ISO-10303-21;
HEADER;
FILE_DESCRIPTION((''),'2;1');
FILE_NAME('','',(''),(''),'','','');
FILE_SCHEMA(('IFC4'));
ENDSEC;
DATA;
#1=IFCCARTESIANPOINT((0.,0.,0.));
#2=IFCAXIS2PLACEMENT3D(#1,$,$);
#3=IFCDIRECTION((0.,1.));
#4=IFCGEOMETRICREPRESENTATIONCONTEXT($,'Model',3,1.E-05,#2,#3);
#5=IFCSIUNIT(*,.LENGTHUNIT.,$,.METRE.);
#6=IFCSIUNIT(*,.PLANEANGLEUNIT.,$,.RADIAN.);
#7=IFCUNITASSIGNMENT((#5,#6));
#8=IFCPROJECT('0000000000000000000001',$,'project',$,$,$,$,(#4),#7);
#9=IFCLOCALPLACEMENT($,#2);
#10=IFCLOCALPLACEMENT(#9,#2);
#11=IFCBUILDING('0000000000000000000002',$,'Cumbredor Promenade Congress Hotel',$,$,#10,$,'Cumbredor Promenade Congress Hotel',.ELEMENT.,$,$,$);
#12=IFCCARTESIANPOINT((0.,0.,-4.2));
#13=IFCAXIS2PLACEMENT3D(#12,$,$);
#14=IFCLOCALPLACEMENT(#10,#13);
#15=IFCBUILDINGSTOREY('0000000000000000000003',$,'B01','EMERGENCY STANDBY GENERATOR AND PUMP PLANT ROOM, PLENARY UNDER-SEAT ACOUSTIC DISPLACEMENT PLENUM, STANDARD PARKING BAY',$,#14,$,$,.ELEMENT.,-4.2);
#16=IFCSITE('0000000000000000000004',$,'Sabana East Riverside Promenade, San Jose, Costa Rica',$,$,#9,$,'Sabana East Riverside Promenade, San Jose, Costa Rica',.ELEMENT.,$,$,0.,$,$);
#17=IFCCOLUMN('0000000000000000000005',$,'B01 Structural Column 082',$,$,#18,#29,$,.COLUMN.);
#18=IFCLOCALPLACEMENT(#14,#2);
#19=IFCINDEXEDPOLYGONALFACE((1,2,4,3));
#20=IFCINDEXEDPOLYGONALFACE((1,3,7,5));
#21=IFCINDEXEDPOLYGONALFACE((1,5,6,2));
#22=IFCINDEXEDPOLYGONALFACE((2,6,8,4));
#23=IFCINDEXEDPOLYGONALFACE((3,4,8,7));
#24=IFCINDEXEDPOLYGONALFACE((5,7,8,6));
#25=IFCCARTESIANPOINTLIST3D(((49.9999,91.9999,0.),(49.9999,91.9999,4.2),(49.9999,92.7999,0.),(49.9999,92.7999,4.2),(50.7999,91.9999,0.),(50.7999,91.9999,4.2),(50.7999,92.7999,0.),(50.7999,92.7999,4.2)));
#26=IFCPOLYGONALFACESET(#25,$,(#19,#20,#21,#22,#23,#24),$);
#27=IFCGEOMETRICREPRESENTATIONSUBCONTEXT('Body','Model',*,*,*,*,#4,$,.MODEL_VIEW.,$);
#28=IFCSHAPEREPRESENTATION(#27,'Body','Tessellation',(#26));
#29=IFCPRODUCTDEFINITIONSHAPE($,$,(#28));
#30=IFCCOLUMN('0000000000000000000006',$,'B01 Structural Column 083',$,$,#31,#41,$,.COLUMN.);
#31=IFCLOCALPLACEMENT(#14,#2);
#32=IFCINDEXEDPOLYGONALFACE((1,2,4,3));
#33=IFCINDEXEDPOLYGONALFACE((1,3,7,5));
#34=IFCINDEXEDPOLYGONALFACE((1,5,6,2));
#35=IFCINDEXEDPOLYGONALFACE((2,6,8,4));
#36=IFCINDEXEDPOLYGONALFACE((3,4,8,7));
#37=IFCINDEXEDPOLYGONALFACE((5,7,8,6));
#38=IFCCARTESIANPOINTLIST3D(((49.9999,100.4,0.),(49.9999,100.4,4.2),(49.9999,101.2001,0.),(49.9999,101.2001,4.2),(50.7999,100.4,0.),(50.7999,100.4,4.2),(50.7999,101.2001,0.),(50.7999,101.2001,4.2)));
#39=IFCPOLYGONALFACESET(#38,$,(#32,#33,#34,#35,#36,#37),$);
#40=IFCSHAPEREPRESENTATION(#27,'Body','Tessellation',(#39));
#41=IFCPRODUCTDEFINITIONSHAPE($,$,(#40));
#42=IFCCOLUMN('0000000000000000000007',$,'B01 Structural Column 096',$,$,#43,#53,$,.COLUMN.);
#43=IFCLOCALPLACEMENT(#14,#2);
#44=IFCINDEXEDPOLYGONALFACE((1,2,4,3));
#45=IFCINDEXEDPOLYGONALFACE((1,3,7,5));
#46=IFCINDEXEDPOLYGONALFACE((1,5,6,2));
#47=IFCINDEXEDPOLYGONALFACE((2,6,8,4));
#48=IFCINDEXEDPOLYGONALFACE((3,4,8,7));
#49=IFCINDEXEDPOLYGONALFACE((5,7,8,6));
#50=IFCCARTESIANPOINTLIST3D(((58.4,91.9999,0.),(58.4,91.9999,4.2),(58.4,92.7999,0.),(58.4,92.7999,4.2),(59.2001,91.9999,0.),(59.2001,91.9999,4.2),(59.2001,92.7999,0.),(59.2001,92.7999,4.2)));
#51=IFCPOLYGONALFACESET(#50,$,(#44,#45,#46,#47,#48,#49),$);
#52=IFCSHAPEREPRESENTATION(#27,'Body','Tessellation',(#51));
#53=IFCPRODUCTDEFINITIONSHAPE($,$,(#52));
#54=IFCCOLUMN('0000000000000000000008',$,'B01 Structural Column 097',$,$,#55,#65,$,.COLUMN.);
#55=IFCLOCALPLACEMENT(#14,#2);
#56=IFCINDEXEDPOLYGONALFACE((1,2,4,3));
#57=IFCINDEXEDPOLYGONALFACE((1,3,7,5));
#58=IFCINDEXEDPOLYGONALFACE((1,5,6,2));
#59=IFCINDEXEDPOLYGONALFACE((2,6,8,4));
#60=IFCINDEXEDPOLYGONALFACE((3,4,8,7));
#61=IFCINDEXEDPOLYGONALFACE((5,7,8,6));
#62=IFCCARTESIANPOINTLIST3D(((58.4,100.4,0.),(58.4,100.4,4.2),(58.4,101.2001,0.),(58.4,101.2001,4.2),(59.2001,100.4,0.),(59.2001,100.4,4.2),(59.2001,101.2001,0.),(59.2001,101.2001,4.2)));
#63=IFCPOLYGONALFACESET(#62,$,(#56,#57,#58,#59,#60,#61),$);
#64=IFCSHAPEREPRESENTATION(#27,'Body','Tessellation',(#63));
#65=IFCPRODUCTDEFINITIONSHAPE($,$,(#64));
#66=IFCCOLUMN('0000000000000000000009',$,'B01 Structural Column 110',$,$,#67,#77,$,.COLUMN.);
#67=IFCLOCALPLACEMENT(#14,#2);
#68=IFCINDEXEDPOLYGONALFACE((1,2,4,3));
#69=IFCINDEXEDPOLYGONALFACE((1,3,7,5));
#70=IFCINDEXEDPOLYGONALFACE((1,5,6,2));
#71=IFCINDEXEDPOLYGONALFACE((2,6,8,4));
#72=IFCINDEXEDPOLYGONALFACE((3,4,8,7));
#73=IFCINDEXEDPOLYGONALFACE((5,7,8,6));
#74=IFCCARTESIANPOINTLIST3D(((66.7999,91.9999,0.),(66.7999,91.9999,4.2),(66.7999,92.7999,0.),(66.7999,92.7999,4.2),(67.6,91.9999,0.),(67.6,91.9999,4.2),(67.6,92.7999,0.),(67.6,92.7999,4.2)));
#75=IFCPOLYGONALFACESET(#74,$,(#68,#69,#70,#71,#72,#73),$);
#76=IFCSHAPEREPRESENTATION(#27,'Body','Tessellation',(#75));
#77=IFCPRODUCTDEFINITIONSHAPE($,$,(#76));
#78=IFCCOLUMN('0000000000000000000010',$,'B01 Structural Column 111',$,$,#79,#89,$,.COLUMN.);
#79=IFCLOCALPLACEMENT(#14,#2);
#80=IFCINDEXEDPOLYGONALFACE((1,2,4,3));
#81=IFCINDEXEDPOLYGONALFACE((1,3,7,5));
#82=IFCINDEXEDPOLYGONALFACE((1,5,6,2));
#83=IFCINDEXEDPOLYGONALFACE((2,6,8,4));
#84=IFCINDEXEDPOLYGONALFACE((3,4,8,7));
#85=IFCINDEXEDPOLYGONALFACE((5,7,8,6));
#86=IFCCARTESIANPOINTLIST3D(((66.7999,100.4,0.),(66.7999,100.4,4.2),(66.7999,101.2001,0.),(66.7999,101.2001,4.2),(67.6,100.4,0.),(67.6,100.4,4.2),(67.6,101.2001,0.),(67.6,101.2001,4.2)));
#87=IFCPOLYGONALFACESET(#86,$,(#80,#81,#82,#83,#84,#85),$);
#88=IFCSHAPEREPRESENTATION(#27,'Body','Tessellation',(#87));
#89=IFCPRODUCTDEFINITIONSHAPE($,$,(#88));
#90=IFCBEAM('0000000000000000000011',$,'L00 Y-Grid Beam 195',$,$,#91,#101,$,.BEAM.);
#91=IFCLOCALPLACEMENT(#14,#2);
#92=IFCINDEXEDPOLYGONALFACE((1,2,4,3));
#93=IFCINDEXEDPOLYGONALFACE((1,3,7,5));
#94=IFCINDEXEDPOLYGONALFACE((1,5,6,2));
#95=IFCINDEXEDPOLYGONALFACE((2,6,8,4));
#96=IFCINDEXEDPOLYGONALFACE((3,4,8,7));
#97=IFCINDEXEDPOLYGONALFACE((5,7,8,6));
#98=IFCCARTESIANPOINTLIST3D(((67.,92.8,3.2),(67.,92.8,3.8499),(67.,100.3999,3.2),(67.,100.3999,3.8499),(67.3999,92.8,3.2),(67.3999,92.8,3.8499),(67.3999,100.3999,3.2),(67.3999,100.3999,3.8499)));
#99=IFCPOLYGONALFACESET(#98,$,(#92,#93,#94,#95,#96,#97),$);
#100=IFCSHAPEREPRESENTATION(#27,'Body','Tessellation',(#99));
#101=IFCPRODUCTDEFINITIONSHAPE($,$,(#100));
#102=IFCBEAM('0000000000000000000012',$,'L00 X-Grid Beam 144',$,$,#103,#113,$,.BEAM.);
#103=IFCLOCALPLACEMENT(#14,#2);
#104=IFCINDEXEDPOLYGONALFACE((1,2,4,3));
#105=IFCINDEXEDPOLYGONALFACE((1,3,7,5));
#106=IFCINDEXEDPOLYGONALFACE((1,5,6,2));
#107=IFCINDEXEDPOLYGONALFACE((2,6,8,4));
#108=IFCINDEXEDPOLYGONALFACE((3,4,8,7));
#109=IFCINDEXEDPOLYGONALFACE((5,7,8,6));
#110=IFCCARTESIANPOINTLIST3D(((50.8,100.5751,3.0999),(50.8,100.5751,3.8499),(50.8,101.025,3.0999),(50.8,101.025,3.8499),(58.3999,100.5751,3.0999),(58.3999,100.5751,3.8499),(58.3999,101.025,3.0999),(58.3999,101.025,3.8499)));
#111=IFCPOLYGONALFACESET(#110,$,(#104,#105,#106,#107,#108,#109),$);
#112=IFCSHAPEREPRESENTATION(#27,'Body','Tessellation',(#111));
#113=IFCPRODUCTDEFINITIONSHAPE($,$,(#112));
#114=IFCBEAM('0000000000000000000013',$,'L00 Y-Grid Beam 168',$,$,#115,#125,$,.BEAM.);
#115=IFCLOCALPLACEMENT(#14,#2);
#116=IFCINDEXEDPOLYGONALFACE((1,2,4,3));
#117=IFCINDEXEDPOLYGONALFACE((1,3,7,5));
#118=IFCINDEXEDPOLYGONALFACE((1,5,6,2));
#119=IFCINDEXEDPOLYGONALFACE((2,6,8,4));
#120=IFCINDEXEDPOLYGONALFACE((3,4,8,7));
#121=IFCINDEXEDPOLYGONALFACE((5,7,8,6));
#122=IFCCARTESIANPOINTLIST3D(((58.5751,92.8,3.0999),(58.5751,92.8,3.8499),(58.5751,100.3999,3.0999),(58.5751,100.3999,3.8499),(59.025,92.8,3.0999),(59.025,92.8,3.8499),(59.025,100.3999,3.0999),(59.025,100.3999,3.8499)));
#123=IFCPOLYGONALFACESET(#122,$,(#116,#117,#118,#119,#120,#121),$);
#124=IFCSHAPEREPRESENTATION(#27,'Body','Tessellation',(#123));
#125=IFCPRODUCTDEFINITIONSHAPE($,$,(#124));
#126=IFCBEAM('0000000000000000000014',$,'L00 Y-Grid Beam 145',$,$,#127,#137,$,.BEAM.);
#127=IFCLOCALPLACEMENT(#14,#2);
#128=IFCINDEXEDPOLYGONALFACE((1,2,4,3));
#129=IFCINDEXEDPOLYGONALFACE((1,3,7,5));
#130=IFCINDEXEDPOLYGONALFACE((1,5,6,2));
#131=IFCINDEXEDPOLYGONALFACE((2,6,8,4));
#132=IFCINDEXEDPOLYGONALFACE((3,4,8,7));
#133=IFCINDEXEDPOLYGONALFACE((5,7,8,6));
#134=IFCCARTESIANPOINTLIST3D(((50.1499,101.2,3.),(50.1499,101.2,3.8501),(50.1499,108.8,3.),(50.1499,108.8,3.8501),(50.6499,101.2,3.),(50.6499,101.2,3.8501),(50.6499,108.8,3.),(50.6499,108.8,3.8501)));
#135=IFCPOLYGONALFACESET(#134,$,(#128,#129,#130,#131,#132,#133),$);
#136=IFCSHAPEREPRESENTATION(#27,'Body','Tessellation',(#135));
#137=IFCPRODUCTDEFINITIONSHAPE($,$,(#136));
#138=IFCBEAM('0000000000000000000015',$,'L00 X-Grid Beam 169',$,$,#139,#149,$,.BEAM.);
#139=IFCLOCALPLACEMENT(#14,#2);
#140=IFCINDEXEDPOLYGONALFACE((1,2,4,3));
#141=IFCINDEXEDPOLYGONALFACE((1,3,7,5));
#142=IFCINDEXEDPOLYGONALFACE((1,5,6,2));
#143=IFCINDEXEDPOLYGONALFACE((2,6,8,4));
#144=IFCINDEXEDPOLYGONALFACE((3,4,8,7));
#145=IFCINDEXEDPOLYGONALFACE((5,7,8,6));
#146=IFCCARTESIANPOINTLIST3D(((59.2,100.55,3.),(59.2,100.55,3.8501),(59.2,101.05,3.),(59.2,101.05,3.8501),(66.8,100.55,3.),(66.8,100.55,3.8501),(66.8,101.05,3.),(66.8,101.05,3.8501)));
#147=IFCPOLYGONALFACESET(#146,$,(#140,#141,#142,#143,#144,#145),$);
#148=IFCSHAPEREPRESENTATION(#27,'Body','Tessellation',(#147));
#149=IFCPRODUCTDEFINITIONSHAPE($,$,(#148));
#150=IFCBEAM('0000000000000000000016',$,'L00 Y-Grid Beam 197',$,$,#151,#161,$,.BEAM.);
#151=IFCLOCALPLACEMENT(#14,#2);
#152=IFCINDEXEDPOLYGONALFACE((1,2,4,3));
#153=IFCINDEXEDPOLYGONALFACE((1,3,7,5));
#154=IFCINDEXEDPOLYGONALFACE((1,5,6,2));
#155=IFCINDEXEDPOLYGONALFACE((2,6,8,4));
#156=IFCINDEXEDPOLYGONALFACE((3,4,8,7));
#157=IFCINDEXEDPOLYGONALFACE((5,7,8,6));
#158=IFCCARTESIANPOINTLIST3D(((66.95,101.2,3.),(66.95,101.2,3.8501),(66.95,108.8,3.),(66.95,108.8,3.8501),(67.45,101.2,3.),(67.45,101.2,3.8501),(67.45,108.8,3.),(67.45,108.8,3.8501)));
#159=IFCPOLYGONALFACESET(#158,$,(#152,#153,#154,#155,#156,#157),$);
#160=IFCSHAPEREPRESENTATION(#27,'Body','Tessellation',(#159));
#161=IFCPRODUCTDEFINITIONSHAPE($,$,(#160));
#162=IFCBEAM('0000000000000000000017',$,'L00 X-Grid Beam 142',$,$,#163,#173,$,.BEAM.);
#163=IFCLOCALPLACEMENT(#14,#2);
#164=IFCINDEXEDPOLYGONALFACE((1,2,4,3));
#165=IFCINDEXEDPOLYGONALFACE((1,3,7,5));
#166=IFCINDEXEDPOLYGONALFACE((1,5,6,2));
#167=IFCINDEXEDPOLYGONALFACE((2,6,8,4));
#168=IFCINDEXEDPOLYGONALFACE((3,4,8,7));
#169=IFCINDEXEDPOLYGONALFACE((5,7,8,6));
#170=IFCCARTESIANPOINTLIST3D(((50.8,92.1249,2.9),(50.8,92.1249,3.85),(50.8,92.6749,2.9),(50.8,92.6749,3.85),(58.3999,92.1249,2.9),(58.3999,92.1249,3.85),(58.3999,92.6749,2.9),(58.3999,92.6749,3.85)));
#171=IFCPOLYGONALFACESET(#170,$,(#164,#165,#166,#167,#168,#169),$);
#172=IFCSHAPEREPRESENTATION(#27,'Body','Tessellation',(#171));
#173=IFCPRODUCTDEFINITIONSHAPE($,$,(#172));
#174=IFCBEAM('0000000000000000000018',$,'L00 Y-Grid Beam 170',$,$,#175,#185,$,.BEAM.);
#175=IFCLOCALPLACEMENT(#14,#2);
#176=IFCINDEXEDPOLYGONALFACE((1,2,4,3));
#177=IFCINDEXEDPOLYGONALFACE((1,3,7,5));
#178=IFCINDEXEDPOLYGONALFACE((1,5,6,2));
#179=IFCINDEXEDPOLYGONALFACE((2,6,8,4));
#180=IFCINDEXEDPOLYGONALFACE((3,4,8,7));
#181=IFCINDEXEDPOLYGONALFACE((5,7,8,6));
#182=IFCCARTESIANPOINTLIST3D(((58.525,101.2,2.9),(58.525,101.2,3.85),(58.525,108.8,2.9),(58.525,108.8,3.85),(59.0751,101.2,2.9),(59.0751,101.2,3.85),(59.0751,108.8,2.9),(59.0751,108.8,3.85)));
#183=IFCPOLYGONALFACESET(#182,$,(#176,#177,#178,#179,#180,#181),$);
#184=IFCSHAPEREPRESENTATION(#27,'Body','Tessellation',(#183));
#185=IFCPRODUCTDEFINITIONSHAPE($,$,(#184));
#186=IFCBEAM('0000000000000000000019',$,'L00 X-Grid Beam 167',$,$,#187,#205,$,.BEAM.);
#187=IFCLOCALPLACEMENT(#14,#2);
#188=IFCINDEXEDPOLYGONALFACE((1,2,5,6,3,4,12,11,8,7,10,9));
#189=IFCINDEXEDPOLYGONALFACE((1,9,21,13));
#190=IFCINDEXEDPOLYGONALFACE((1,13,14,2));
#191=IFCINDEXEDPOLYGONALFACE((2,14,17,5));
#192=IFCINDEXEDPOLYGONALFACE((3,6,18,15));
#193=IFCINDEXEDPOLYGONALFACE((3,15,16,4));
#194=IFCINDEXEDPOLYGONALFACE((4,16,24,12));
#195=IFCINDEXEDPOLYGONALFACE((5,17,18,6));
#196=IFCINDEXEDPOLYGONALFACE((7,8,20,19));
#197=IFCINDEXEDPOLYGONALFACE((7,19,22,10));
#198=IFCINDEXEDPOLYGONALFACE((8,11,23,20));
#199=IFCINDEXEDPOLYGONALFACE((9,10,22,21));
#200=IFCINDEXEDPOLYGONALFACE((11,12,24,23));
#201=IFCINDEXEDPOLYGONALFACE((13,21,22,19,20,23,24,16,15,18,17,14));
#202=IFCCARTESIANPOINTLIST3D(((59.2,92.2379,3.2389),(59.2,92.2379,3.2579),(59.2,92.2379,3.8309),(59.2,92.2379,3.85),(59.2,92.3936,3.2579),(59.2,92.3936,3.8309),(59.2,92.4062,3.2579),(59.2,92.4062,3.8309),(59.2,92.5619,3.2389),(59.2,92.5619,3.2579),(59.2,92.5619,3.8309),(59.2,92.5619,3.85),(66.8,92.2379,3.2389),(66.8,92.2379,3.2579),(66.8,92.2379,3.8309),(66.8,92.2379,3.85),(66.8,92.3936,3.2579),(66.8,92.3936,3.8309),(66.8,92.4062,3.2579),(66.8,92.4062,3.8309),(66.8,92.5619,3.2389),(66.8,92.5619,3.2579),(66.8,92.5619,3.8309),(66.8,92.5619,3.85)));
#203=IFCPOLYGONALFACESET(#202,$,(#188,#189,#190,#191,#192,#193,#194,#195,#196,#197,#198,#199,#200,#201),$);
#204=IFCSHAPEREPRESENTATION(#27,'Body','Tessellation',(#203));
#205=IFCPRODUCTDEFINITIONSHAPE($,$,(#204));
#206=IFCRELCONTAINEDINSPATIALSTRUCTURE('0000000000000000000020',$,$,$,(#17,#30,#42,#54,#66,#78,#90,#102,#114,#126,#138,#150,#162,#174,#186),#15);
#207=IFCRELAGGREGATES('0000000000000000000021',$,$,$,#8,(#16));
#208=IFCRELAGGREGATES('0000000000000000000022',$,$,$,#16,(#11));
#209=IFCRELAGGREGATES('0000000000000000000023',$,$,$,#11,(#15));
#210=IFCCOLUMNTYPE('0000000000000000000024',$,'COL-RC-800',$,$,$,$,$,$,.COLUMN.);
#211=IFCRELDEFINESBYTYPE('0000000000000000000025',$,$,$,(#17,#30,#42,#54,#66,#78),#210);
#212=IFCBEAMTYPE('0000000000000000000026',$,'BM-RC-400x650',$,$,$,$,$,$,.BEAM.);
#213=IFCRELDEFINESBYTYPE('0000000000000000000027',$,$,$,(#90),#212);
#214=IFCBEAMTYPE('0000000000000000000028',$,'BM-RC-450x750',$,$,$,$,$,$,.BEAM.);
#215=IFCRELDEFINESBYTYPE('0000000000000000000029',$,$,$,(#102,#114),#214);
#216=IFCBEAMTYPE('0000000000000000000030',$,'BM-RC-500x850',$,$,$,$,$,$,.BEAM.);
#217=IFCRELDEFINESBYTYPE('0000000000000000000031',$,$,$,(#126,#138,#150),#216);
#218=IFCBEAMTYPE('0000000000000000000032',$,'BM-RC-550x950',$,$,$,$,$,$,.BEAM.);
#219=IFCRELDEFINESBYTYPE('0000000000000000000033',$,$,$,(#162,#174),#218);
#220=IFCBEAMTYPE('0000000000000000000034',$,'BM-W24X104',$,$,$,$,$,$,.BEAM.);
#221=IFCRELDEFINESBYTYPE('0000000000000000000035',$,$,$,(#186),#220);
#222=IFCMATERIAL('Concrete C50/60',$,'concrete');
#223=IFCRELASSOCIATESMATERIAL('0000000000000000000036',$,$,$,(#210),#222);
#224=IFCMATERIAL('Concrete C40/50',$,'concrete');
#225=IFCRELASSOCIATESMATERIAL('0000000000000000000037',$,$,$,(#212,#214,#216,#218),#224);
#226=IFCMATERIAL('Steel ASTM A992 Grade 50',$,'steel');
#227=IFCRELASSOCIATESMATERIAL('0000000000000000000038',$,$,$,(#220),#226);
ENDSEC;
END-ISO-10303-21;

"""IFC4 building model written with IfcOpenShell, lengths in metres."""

from ifc_helpers import new_model, si_unit, direction, frame, origin, origin_2d, place, context, subcontext, project, spatial, rectangle, i_section, extrude, material, material_profile, profile_set, type_object, element, save


model = new_model("IFC4")

# Units and contexts
model_context = context("Model", 3, precision=1e-05, world=origin(), true_north=direction((0.0, 1.0)))
body_context = subcontext(model_context, "Body", "Model", "MODEL_VIEW")
ifc_project = project(units=[si_unit("LENGTHUNIT", "METRE"), si_unit("PLANEANGLEUNIT", "RADIAN")], contexts=[model_context])

# Site, building, storey
site_placement = place(None, origin())
site = spatial("IfcSite", under=ifc_project, at=site_placement, Name="Sabana East Riverside Promenade, San Jose, Costa Rica", LongName="Sabana East Riverside Promenade, San Jose, Costa Rica", CompositionType="ELEMENT", RefElevation=0.0)
building_placement = place(site_placement, origin())
building = spatial("IfcBuilding", under=site, at=building_placement, Name="Cumbredor Promenade Congress Hotel", LongName="Cumbredor Promenade Congress Hotel", CompositionType="ELEMENT")
storey_placement = place(building_placement, frame((0.0, 0.0, -4.2)))
storey = spatial("IfcBuildingStorey", under=building, at=storey_placement, Name="B01", Description="EMERGENCY STANDBY GENERATOR AND PUMP PLANT ROOM, PLENARY UNDER-SEAT ACOUSTIC DISPLACEMENT PLENUM, STANDARD PARKING BAY", CompositionType="ELEMENT", Elevation=-4.2)

# Columns
ifc_material_1 = material(Name="Concrete C50/60", Category="concrete")
ifc_material_profile_1 = material_profile(ifc_material_1, rectangle(XDim=0.8, YDim=0.8, at=origin_2d()), Name="RC 800x800")
ifc_profile_set_1 = profile_set([ifc_material_profile_1], Name="Concrete C50/60")
column_type = type_object("IfcColumnType", Name="COL-RC-800", PredefinedType="COLUMN", material=ifc_profile_set_1)
for number, where, z_axis, x_axis, name in (
    (1, (50.3999, 92.3999, 0.0), (0.0, 0.0, 1.0), (1.0, 0.0, 0.0), "B01 Structural Column 082"),
    (2, (50.3999, 100.8, 0.0), (0.0, 0.0, 1.0), (1.0, 0.0, 0.0), "B01 Structural Column 083"),
    (3, (58.8, 92.3999, 0.0), (0.0, 0.0, 1.0), (1.0, 0.0, 0.0), "B01 Structural Column 096"),
    (4, (58.8, 100.8, 0.0), (0.0, 0.0, 1.0), (1.0, 0.0, 0.0), "B01 Structural Column 097"),
    (5, (67.2, 92.3999, 0.0), (0.0, 0.0, 1.0), (1.0, 0.0, 0.0), "B01 Structural Column 110"),
    (6, (67.2, 100.8, 0.0), (0.0, 0.0, 1.0), (1.0, 0.0, 0.0), "B01 Structural Column 111"),
):
    element("IfcColumn", number, at=place(storey_placement, frame(where, z_axis=z_axis, x_axis=x_axis)), inside=storey, type_object=column_type, Name=name, PredefinedType="COLUMN", context=body_context, shape_type="SweptSolid", body=[
        extrude(rectangle(XDim=0.8, YDim=0.8, at=origin_2d()), origin(), (0.0, 0.0, 1.0), 4.2),
    ])

# Beams
ifc_material_2 = material(Name="Concrete C40/50", Category="concrete")
ifc_material_profile_2 = material_profile(ifc_material_2, rectangle(XDim=0.3999, YDim=0.6499, at=origin_2d()), Name="RC BEAM 400x650")
ifc_profile_set_2 = profile_set([ifc_material_profile_2], Name="Concrete C40/50")
beam_type_1 = type_object("IfcBeamType", Name="BM-RC-400x650", PredefinedType="BEAM", material=ifc_profile_set_2)
beam_1_placement = place(storey_placement, frame((67.2, 92.8, 3.5249), z_axis=(0.0, 1.0, 0.0), x_axis=(-1.0, 0.0, 0.0)))
element("IfcBeam", 7, at=beam_1_placement, inside=storey, type_object=beam_type_1, Name="L00 Y-Grid Beam 195", PredefinedType="BEAM", context=body_context, shape_type="SweptSolid", body=[
    extrude(rectangle(XDim=0.3999, YDim=0.6499, at=origin_2d()), origin(), (0.0, 0.0, 1.0), 7.5999),
])
ifc_material_profile_3 = material_profile(ifc_material_2, rectangle(XDim=0.45, YDim=0.75, at=origin_2d()), Name="RC BEAM 450x750")
ifc_profile_set_3 = profile_set([ifc_material_profile_3], Name="Concrete C40/50")
beam_type_2 = type_object("IfcBeamType", Name="BM-RC-450x750", PredefinedType="BEAM", material=ifc_profile_set_3)
for number, where, z_axis, x_axis, name in (
    (8, (50.8, 100.8, 3.4749), (1.0, 0.0, 0.0), (0.0, 1.0, 0.0), "L00 X-Grid Beam 144"),
    (9, (58.8, 92.8, 3.4749), (0.0, 1.0, 0.0), (-1.0, 0.0, 0.0), "L00 Y-Grid Beam 168"),
):
    element("IfcBeam", number, at=place(storey_placement, frame(where, z_axis=z_axis, x_axis=x_axis)), inside=storey, type_object=beam_type_2, Name=name, PredefinedType="BEAM", context=body_context, shape_type="SweptSolid", body=[
        extrude(rectangle(XDim=0.45, YDim=0.75, at=origin_2d()), origin(), (0.0, 0.0, 1.0), 7.5999),
    ])
ifc_material_profile_4 = material_profile(ifc_material_2, rectangle(XDim=0.5, YDim=0.8501, at=origin_2d()), Name="RC BEAM 500x850")
ifc_profile_set_4 = profile_set([ifc_material_profile_4], Name="Concrete C40/50")
beam_type_3 = type_object("IfcBeamType", Name="BM-RC-500x850", PredefinedType="BEAM", material=ifc_profile_set_4)
for number, where, z_axis, x_axis, name in (
    (10, (50.3999, 101.2, 3.425), (0.0, 1.0, 0.0), (-1.0, 0.0, 0.0), "L00 Y-Grid Beam 145"),
    (11, (59.2, 100.8, 3.425), (1.0, 0.0, 0.0), (0.0, 1.0, 0.0), "L00 X-Grid Beam 169"),
    (12, (67.2, 101.2, 3.425), (0.0, 1.0, 0.0), (-1.0, 0.0, 0.0), "L00 Y-Grid Beam 197"),
):
    element("IfcBeam", number, at=place(storey_placement, frame(where, z_axis=z_axis, x_axis=x_axis)), inside=storey, type_object=beam_type_3, Name=name, PredefinedType="BEAM", context=body_context, shape_type="SweptSolid", body=[
        extrude(rectangle(XDim=0.5, YDim=0.8501, at=origin_2d()), origin(), (0.0, 0.0, 1.0), 7.6001),
    ])
ifc_material_profile_5 = material_profile(ifc_material_2, rectangle(XDim=0.55, YDim=0.95, at=origin_2d()), Name="RC BEAM 550x950")
ifc_profile_set_5 = profile_set([ifc_material_profile_5], Name="Concrete C40/50")
beam_type_4 = type_object("IfcBeamType", Name="BM-RC-550x950", PredefinedType="BEAM", material=ifc_profile_set_5)
beam_2_placement = place(storey_placement, frame((50.8, 92.3999, 3.375), z_axis=(1.0, 0.0, 0.0), x_axis=(0.0, 1.0, 0.0)))
element("IfcBeam", 13, at=beam_2_placement, inside=storey, type_object=beam_type_4, Name="L00 X-Grid Beam 142", PredefinedType="BEAM", context=body_context, shape_type="SweptSolid", body=[
    extrude(rectangle(XDim=0.55, YDim=0.95, at=origin_2d()), origin(), (0.0, 0.0, 1.0), 7.5999),
])
beam_3_placement = place(storey_placement, frame((58.8, 101.2, 3.375), z_axis=(0.0, 1.0, 0.0), x_axis=(-1.0, 0.0, 0.0)))
element("IfcBeam", 14, at=beam_3_placement, inside=storey, type_object=beam_type_4, Name="L00 Y-Grid Beam 170", PredefinedType="BEAM", context=body_context, shape_type="SweptSolid", body=[
    extrude(rectangle(XDim=0.55, YDim=0.95, at=origin_2d()), origin(), (0.0, 0.0, 1.0), 7.6001),
])
ifc_material_3 = material(Name="Steel ASTM A992 Grade 50", Category="steel")
ifc_material_profile_6 = material_profile(ifc_material_3, i_section(OverallWidth=0.324, OverallDepth=0.6111, WebThickness=0.0127, FlangeThickness=0.019, at=origin_2d()), Name="W24X104")
ifc_profile_set_6 = profile_set([ifc_material_profile_6], Name="Steel ASTM A992 Grade 50")
beam_type_5 = type_object("IfcBeamType", Name="BM-W24X104", PredefinedType="BEAM", material=ifc_profile_set_6)
beam_4_placement = place(storey_placement, frame((59.2, 92.3999, 3.5444), z_axis=(1.0, 0.0, 0.0), x_axis=(0.0, 1.0, 0.0)))
element("IfcBeam", 15, at=beam_4_placement, inside=storey, type_object=beam_type_5, Name="L00 X-Grid Beam 167", PredefinedType="BEAM", context=body_context, shape_type="SweptSolid", body=[
    extrude(i_section(OverallWidth=0.324, OverallDepth=0.6111, WebThickness=0.0127, FlangeThickness=0.019, at=origin_2d()), origin(), (0.0, 0.0, 1.0), 7.6001),
])

save(model, "model.ifc")
